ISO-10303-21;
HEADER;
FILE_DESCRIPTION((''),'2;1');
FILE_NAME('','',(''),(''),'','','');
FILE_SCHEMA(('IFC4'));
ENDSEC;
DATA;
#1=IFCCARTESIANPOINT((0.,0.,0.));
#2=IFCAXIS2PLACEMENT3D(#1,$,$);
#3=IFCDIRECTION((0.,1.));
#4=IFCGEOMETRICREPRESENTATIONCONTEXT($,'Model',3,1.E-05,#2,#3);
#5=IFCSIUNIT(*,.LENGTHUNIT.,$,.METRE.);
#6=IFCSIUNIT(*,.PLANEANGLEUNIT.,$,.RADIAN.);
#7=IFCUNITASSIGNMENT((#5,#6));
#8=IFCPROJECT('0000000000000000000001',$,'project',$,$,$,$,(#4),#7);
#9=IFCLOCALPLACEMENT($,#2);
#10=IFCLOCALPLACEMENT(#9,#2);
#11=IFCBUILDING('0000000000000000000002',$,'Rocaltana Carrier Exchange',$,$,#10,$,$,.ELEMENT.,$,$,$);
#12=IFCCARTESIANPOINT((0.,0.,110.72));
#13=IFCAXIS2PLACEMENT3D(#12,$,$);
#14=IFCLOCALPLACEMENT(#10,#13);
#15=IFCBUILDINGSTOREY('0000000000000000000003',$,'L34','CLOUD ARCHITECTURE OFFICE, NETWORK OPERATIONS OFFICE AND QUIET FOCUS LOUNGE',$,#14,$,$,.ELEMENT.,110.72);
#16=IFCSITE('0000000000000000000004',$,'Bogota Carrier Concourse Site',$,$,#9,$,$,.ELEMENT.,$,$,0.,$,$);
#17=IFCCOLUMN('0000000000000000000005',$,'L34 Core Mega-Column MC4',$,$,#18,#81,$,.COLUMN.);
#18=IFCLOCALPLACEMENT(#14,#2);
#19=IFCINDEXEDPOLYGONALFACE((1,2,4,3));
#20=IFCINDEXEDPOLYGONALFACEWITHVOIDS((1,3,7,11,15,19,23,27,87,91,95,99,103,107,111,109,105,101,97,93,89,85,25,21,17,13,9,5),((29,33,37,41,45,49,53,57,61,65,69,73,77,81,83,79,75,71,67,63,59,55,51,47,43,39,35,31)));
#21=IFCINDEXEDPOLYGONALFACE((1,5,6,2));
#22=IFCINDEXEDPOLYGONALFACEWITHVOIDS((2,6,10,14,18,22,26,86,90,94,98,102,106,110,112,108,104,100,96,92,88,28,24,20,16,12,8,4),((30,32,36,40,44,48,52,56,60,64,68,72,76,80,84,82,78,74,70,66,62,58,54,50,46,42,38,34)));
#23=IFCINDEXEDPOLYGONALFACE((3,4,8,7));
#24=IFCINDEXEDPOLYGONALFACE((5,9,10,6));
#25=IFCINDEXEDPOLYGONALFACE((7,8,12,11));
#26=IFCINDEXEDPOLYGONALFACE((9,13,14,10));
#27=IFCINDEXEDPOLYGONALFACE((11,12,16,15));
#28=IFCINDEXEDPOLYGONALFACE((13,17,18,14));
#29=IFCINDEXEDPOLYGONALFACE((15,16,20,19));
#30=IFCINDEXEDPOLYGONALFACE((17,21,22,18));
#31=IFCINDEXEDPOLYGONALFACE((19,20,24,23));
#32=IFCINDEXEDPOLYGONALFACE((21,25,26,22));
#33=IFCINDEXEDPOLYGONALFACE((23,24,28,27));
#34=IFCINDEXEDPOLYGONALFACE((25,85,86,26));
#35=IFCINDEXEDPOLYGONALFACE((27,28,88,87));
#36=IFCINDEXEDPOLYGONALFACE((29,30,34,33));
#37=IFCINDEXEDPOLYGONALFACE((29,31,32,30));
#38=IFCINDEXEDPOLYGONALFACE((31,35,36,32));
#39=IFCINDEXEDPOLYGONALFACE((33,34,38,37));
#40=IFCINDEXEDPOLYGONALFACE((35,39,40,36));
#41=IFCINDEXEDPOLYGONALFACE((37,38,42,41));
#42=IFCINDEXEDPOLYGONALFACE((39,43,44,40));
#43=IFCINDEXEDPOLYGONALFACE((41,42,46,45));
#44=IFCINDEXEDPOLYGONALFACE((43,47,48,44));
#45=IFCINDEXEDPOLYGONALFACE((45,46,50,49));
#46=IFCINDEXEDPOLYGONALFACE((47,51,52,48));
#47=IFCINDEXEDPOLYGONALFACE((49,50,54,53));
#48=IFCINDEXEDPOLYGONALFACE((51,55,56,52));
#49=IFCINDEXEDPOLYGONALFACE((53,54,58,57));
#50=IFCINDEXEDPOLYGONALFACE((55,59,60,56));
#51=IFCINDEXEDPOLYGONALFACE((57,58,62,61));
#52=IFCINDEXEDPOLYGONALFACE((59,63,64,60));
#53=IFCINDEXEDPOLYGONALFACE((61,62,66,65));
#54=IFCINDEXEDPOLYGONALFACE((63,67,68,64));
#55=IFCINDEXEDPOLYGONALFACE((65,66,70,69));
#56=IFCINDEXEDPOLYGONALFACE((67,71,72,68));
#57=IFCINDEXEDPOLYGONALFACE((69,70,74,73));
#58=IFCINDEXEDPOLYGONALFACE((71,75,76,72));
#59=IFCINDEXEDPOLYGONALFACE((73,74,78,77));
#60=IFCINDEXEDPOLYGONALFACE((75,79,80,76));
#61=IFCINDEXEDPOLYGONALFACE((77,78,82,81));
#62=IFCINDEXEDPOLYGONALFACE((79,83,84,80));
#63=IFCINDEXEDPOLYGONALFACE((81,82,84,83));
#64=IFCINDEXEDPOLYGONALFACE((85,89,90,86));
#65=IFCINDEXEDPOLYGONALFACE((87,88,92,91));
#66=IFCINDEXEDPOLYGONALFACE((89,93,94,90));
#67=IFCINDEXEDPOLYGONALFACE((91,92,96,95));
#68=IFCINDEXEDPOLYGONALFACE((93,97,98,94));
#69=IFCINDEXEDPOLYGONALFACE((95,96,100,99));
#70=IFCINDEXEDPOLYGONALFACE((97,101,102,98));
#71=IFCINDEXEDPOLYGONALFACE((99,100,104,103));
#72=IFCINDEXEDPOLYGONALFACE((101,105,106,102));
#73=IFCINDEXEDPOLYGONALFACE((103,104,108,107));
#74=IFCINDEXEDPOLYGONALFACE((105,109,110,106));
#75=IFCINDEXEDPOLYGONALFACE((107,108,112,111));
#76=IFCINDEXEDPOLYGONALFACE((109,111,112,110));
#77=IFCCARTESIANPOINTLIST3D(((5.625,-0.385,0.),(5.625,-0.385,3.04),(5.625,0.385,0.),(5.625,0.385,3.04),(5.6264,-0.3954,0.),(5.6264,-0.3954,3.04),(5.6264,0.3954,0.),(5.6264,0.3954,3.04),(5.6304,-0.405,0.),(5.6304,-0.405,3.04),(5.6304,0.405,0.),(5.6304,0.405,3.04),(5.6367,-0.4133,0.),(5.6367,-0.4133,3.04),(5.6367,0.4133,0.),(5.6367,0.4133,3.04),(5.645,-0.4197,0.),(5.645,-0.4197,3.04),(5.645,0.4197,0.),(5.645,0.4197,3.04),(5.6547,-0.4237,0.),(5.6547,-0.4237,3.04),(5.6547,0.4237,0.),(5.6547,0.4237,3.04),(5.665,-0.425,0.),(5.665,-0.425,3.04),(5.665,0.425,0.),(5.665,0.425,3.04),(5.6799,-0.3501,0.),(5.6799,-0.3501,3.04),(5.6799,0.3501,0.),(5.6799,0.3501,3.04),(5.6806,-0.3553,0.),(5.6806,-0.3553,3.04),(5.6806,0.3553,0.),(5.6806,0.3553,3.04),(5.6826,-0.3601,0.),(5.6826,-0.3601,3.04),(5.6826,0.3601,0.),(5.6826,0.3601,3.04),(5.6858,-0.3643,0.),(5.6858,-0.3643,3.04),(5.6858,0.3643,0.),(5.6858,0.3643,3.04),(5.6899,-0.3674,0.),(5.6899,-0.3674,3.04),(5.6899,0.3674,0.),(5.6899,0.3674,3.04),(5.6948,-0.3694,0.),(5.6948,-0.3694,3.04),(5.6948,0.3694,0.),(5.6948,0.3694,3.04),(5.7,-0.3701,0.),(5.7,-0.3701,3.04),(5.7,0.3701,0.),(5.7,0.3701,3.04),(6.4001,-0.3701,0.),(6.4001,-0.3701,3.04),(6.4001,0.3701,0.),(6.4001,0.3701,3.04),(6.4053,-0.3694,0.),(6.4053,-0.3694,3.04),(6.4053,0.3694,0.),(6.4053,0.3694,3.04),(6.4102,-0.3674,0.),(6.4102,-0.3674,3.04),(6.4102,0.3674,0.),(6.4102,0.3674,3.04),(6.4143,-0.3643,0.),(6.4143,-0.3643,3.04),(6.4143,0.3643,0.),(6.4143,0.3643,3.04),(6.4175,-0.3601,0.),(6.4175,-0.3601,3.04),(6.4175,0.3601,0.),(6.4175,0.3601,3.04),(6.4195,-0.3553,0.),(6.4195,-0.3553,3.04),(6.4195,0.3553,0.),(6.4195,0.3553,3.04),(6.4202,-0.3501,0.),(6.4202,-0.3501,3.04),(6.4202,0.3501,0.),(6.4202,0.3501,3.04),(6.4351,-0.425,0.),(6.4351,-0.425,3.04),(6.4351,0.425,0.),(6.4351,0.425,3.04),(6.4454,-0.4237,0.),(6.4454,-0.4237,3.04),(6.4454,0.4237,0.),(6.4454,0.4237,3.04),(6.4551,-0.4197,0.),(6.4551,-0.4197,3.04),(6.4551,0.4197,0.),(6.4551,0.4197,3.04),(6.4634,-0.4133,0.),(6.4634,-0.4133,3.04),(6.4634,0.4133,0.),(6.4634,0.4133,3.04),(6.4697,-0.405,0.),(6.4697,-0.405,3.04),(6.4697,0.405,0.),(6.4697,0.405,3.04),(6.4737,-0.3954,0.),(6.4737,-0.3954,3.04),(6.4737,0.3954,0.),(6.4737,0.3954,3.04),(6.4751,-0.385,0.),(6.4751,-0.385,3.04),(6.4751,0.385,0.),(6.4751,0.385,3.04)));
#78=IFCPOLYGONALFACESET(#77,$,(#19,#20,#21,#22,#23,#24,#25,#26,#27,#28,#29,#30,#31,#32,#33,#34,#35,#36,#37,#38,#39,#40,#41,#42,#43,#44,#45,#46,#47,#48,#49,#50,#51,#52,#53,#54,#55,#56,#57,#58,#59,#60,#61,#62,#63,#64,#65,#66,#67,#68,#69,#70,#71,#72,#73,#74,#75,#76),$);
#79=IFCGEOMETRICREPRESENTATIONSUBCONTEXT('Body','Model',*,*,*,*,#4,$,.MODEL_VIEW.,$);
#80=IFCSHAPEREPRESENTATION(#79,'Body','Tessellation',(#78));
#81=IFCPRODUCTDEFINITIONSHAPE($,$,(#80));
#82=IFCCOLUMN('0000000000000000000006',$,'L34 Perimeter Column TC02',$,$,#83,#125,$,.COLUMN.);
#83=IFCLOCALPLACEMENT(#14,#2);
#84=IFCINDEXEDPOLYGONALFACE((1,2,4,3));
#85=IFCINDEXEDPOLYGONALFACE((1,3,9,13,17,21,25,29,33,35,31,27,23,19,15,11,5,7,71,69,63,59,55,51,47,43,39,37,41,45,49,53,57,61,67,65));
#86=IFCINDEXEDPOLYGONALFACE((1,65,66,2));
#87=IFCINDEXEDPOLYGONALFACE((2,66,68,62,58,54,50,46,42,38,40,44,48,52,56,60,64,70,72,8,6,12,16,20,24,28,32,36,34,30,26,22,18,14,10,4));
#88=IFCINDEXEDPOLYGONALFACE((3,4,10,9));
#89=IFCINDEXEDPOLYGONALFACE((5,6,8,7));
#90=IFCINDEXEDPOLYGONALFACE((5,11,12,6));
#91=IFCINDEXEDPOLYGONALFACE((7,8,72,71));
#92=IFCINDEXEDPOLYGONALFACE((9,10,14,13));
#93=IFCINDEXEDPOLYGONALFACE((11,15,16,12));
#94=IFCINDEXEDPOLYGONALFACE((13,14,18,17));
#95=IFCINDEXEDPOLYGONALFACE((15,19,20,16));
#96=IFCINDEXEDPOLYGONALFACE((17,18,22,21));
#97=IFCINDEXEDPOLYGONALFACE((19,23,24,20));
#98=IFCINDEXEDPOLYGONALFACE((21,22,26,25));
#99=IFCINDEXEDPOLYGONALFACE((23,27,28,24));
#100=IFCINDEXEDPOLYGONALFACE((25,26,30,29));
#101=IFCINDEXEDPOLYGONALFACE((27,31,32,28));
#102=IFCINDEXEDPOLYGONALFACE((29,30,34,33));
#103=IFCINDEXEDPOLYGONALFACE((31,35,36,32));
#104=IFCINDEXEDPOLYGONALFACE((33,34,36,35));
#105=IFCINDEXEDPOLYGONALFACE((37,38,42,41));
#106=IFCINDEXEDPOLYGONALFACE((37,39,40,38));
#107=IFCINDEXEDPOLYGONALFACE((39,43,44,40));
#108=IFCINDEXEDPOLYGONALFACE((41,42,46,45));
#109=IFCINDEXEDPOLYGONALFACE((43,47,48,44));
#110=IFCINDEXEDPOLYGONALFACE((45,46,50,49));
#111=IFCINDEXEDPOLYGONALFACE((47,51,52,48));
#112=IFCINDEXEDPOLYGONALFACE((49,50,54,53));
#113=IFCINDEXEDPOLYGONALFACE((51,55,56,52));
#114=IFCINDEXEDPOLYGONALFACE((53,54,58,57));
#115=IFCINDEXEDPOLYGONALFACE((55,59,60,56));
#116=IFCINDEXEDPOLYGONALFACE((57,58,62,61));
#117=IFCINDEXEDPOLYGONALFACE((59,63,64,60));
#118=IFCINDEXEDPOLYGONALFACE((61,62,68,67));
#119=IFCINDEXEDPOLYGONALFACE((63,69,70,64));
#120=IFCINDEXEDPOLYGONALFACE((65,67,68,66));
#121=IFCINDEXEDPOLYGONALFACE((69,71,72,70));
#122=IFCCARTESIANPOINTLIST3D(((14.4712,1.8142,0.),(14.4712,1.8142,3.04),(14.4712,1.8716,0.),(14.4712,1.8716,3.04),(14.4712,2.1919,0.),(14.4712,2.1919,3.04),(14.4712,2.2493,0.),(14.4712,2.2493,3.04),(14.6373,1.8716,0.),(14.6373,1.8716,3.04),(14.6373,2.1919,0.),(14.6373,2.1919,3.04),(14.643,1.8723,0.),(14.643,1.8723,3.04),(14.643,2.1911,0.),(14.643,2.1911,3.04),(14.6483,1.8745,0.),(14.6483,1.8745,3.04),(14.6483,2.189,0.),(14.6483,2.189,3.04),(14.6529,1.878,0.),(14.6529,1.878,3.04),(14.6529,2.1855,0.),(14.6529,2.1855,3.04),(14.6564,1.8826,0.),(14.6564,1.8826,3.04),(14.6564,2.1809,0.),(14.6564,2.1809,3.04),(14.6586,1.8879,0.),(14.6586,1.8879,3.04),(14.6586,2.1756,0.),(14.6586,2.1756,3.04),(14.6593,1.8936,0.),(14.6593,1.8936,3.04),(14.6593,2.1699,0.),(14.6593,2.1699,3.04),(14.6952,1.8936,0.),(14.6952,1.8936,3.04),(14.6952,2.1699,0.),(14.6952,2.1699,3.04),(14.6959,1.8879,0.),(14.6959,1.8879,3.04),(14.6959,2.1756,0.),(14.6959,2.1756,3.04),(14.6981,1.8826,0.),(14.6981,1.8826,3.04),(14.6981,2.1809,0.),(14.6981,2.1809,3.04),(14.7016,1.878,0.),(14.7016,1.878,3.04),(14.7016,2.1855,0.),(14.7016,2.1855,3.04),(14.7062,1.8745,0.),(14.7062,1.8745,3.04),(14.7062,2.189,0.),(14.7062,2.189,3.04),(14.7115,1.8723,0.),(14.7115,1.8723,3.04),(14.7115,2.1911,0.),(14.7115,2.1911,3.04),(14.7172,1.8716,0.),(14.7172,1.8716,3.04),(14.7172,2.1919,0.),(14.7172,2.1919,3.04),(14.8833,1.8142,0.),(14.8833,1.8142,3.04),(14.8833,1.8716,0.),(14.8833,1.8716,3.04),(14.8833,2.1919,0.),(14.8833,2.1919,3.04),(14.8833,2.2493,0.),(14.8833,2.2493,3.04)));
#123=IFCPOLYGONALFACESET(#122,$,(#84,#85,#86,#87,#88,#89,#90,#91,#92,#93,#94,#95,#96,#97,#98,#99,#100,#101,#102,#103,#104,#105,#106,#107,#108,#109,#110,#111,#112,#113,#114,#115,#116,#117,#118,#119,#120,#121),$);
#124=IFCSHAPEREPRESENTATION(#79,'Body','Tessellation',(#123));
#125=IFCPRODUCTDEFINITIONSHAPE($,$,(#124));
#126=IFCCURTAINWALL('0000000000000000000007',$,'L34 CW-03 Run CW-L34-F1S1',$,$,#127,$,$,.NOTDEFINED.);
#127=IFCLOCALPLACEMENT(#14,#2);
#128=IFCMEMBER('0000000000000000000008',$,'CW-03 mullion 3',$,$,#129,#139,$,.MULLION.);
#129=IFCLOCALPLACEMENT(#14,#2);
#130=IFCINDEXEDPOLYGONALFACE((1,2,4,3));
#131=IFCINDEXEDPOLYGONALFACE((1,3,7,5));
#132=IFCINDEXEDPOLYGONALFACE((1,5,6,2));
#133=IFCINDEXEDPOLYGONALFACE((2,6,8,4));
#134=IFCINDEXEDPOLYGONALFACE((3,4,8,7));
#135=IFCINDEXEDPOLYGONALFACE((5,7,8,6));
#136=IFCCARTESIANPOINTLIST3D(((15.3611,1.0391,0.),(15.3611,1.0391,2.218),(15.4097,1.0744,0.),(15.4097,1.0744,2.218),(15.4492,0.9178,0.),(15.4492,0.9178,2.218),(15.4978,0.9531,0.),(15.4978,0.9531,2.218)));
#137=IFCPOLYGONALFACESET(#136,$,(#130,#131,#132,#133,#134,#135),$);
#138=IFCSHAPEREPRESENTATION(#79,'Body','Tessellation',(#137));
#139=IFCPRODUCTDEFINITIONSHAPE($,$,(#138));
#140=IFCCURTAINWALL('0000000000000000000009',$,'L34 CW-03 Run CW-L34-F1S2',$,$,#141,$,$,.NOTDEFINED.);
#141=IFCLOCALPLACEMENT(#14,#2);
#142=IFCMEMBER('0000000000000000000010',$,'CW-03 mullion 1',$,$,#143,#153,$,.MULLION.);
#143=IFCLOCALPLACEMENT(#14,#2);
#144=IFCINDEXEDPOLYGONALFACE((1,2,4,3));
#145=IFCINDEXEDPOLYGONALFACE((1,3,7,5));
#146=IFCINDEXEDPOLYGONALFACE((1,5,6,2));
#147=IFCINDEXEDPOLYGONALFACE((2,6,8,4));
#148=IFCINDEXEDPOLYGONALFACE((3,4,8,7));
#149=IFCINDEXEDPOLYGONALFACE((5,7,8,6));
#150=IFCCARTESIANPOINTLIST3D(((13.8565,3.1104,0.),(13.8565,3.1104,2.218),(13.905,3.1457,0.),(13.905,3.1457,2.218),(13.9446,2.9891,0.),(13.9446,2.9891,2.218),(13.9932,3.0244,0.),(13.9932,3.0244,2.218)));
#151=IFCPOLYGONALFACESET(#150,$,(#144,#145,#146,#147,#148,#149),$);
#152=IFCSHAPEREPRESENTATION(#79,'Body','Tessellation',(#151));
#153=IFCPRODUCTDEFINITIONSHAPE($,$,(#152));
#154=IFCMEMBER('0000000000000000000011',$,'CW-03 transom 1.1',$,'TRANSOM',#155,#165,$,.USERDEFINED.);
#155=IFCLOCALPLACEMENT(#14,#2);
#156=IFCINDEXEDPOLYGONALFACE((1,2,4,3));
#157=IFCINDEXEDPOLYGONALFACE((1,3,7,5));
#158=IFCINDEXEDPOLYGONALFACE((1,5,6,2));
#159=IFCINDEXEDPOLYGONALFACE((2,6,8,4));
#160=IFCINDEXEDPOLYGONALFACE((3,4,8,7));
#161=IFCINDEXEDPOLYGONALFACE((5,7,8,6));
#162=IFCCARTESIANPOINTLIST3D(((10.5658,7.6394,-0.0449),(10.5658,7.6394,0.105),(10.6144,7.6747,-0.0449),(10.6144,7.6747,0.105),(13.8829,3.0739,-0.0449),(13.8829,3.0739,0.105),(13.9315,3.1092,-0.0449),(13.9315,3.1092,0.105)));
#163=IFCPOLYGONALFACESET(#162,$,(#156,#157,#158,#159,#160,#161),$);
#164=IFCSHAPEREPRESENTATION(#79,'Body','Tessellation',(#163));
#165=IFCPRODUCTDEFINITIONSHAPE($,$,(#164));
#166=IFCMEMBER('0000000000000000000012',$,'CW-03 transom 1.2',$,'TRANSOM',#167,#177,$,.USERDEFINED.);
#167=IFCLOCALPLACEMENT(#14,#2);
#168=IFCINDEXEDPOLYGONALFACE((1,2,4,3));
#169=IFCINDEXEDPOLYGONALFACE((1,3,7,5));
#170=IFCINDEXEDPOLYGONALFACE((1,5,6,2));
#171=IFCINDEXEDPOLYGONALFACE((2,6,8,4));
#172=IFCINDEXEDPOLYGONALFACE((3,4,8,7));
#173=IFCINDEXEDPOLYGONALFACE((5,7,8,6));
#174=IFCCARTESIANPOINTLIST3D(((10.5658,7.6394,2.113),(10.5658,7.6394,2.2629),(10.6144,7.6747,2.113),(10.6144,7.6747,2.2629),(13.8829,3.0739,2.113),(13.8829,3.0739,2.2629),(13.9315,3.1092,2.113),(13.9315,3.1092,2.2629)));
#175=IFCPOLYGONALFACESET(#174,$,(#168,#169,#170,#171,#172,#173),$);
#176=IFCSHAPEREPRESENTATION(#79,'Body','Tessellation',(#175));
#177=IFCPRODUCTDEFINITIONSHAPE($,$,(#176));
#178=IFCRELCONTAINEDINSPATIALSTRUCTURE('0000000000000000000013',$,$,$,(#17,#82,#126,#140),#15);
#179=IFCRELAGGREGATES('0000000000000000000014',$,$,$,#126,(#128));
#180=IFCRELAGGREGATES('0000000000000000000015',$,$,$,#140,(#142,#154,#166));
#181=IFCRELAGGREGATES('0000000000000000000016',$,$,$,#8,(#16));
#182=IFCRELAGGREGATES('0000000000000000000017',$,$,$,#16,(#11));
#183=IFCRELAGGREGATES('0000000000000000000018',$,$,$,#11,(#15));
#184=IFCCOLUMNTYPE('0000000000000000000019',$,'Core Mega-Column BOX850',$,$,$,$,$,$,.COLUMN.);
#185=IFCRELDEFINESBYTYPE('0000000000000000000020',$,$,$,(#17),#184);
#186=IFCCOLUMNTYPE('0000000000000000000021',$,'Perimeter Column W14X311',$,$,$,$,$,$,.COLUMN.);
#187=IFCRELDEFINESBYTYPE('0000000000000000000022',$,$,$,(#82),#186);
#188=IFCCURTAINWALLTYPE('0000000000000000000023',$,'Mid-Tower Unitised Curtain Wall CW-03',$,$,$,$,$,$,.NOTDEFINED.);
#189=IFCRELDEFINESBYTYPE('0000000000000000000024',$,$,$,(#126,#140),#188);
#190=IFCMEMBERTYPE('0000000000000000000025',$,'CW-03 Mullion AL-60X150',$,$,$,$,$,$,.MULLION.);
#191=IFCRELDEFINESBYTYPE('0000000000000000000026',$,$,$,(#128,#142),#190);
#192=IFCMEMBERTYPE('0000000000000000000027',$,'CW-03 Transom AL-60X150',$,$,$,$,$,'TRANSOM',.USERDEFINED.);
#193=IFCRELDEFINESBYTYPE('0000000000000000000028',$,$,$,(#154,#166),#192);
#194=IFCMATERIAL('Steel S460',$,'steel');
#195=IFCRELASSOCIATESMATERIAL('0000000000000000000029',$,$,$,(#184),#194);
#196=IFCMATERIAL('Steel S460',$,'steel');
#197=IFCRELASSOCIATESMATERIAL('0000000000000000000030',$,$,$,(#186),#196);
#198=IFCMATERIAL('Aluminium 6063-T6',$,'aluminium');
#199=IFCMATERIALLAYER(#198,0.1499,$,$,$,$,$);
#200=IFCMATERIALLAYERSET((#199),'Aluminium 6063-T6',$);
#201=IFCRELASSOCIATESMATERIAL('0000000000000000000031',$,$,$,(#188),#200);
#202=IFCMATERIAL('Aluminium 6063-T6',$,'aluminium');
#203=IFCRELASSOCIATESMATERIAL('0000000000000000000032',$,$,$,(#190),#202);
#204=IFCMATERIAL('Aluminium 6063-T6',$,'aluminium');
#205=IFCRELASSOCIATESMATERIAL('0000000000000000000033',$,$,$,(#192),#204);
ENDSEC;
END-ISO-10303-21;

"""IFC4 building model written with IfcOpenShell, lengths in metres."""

from ifc_helpers import new_model, si_unit, direction, frame, origin, origin_2d, place, context, subcontext, project, spatial, rectangle, hollow_rectangle, i_section, extrude, material, layer, layer_set, material_profile, profile_set, type_object, element, aggregate, save


model = new_model("IFC4")

# Units and contexts
model_context = context("Model", 3, precision=1e-05, world=origin(), true_north=direction((0.0, 1.0)))
body_context = subcontext(model_context, "Body", "Model", "MODEL_VIEW")
ifc_project = project(units=[si_unit("LENGTHUNIT", "METRE"), si_unit("PLANEANGLEUNIT", "RADIAN")], contexts=[model_context])

# Site, building, storey
site_placement = place(None, origin())
site = spatial("IfcSite", under=ifc_project, at=site_placement, Name="Bogota Carrier Concourse Site", CompositionType="ELEMENT", RefElevation=0.0)
building_placement = place(site_placement, origin())
building = spatial("IfcBuilding", under=site, at=building_placement, Name="Rocaltana Carrier Exchange", CompositionType="ELEMENT")
storey_placement = place(building_placement, frame((0.0, 0.0, 110.72)))
storey = spatial("IfcBuildingStorey", under=building, at=storey_placement, Name="L34", Description="CLOUD ARCHITECTURE OFFICE, NETWORK OPERATIONS OFFICE AND QUIET FOCUS LOUNGE", CompositionType="ELEMENT", Elevation=110.72)

# Columns
ifc_material_1 = material(Name="Steel S460", Category="steel")
ifc_material_profile_1 = material_profile(ifc_material_1, hollow_rectangle(XDim=0.8501, YDim=0.8501, WallThickness=0.0549, InnerFilletRadius=0.02, OuterFilletRadius=0.04, at=origin_2d()), Name="BOX850X850X55")
ifc_profile_set_1 = profile_set([ifc_material_profile_1], Name="Steel S460")
column_type_1 = type_object("IfcColumnType", Name="Core Mega-Column BOX850", PredefinedType="COLUMN", material=ifc_profile_set_1)
column_1_placement = place(storey_placement, frame((6.05, 0.0, 0.0), z_axis=(0.0, 0.0, 1.0), x_axis=(1.0, 0.0, 0.0)))
element("IfcColumn", 1, at=column_1_placement, inside=storey, type_object=column_type_1, Name="L34 Core Mega-Column MC4", PredefinedType="COLUMN", context=body_context, shape_type="SweptSolid", body=[
    extrude(hollow_rectangle(XDim=0.8501, YDim=0.8501, WallThickness=0.0549, InnerFilletRadius=0.02, OuterFilletRadius=0.04, at=origin_2d()), origin(), (0.0, 0.0, 1.0), 3.04),
])
ifc_material_2 = material(Name="Steel S460", Category="steel")
ifc_material_profile_2 = material_profile(ifc_material_2, i_section(OverallWidth=0.4121, OverallDepth=0.4351, WebThickness=0.0359, FlangeThickness=0.0574, FilletRadius=0.022, at=origin_2d()), Name="W14X311")
ifc_profile_set_2 = profile_set([ifc_material_profile_2], Name="Steel S460")
column_type_2 = type_object("IfcColumnType", Name="Perimeter Column W14X311", PredefinedType="COLUMN", material=ifc_profile_set_2)
column_2_placement = place(storey_placement, frame((14.6772, 2.0317, 0.0), z_axis=(0.0, 0.0, 1.0), x_axis=(1.0, 0.0, 0.0)))
element("IfcColumn", 2, at=column_2_placement, inside=storey, type_object=column_type_2, Name="L34 Perimeter Column TC02", PredefinedType="COLUMN", context=body_context, shape_type="SweptSolid", body=[
    extrude(i_section(OverallWidth=0.4121, OverallDepth=0.4351, WebThickness=0.0359, FlangeThickness=0.0574, FilletRadius=0.022, at=origin_2d()), origin(), (0.0, 0.0, 1.0), 3.04),
])

# Curtain wall, member
ifc_material_3 = material(Name="Aluminium 6063-T6", Category="aluminium")
ifc_layer_1 = layer(ifc_material_3, 0.1499)
ifc_layer_set_1 = layer_set([ifc_layer_1], Name="Aluminium 6063-T6")
curtain_wall_type = type_object("IfcCurtainWallType", Name="Mid-Tower Unitised Curtain Wall CW-03", PredefinedType="NOTDEFINED", material=ifc_layer_set_1)
curtain_wall_1_placement = place(storey_placement, origin())
curtain_wall_1 = element("IfcCurtainWall", 3, at=curtain_wall_1_placement, inside=storey, type_object=curtain_wall_type, Name="L34 CW-03 Run CW-L34-F1S1", PredefinedType="NOTDEFINED")
ifc_material_4 = material(Name="Aluminium 6063-T6", Category="aluminium")
ifc_material_profile_3 = material_profile(ifc_material_4, rectangle(XDim=0.0601, YDim=0.1499, at=origin_2d()), Name="AL-60X150")
ifc_profile_set_3 = profile_set([ifc_material_profile_3], Name="Aluminium 6063-T6")
member_type_1 = type_object("IfcMemberType", Name="CW-03 Mullion AL-60X150", PredefinedType="MULLION", material=ifc_profile_set_3)
member_1_placement = place(storey_placement, frame((15.4294, 0.9961, 0.0), z_axis=(0.0, 0.0, 1.0), x_axis=(-0.809014, -0.58779, 0.0)))
member_1 = element("IfcMember", 4, at=member_1_placement, type_object=member_type_1, Name="CW-03 mullion 3", PredefinedType="MULLION", context=body_context, shape_type="SweptSolid", body=[
    extrude(rectangle(XDim=0.0601, YDim=0.1499, at=origin_2d()), origin(), (0.0, 0.0, 1.0), 2.218),
])
aggregate(curtain_wall_1, [member_1])

# Curtain wall, members
curtain_wall_2_placement = place(storey_placement, origin())
curtain_wall_2 = element("IfcCurtainWall", 5, at=curtain_wall_2_placement, inside=storey, type_object=curtain_wall_type, Name="L34 CW-03 Run CW-L34-F1S2", PredefinedType="NOTDEFINED")
member_2_placement = place(storey_placement, frame((13.9248, 3.0674, 0.0), z_axis=(0.0, 0.0, 1.0), x_axis=(-0.809014, -0.58779, 0.0)))
member_2 = element("IfcMember", 6, at=member_2_placement, type_object=member_type_1, Name="CW-03 mullion 1", PredefinedType="MULLION", context=body_context, shape_type="SweptSolid", body=[
    extrude(rectangle(XDim=0.0601, YDim=0.1499, at=origin_2d()), origin(), (0.0, 0.0, 1.0), 2.218),
])
ifc_material_5 = material(Name="Aluminium 6063-T6", Category="aluminium")
ifc_material_profile_4 = material_profile(ifc_material_5, rectangle(XDim=0.0601, YDim=0.1499, at=origin_2d()), Name="AL-60X150")
ifc_profile_set_4 = profile_set([ifc_material_profile_4], Name="Aluminium 6063-T6")
member_type_2 = type_object("IfcMemberType", Name="CW-03 Transom AL-60X150", ElementType="TRANSOM", PredefinedType="USERDEFINED", material=ifc_profile_set_4)
member_3_placement = place(storey_placement, frame((13.9072, 3.0916, 0.03), z_axis=(-0.587804, 0.809004, 0.0), x_axis=(-0.809004, -0.587804, 0.0)))
member_3 = element("IfcMember", 7, at=member_3_placement, type_object=member_type_2, Name="CW-03 transom 1.1", ObjectType="TRANSOM", PredefinedType="USERDEFINED", context=body_context, shape_type="SweptSolid", body=[
    extrude(rectangle(XDim=0.0601, YDim=0.1499, at=origin_2d()), origin(), (0.0, 0.0, 1.0), 5.6433),
])
member_4_placement = place(storey_placement, frame((13.9072, 3.0916, 2.188), z_axis=(-0.587804, 0.809004, 0.0), x_axis=(-0.809004, -0.587804, 0.0)))
member_4 = element("IfcMember", 8, at=member_4_placement, type_object=member_type_2, Name="CW-03 transom 1.2", ObjectType="TRANSOM", PredefinedType="USERDEFINED", context=body_context, shape_type="SweptSolid", body=[
    extrude(rectangle(XDim=0.0601, YDim=0.1499, at=origin_2d()), origin(), (0.0, 0.0, 1.0), 5.6433),
])
aggregate(curtain_wall_2, [member_2, member_3, member_4])

save(model, "model.ifc")
